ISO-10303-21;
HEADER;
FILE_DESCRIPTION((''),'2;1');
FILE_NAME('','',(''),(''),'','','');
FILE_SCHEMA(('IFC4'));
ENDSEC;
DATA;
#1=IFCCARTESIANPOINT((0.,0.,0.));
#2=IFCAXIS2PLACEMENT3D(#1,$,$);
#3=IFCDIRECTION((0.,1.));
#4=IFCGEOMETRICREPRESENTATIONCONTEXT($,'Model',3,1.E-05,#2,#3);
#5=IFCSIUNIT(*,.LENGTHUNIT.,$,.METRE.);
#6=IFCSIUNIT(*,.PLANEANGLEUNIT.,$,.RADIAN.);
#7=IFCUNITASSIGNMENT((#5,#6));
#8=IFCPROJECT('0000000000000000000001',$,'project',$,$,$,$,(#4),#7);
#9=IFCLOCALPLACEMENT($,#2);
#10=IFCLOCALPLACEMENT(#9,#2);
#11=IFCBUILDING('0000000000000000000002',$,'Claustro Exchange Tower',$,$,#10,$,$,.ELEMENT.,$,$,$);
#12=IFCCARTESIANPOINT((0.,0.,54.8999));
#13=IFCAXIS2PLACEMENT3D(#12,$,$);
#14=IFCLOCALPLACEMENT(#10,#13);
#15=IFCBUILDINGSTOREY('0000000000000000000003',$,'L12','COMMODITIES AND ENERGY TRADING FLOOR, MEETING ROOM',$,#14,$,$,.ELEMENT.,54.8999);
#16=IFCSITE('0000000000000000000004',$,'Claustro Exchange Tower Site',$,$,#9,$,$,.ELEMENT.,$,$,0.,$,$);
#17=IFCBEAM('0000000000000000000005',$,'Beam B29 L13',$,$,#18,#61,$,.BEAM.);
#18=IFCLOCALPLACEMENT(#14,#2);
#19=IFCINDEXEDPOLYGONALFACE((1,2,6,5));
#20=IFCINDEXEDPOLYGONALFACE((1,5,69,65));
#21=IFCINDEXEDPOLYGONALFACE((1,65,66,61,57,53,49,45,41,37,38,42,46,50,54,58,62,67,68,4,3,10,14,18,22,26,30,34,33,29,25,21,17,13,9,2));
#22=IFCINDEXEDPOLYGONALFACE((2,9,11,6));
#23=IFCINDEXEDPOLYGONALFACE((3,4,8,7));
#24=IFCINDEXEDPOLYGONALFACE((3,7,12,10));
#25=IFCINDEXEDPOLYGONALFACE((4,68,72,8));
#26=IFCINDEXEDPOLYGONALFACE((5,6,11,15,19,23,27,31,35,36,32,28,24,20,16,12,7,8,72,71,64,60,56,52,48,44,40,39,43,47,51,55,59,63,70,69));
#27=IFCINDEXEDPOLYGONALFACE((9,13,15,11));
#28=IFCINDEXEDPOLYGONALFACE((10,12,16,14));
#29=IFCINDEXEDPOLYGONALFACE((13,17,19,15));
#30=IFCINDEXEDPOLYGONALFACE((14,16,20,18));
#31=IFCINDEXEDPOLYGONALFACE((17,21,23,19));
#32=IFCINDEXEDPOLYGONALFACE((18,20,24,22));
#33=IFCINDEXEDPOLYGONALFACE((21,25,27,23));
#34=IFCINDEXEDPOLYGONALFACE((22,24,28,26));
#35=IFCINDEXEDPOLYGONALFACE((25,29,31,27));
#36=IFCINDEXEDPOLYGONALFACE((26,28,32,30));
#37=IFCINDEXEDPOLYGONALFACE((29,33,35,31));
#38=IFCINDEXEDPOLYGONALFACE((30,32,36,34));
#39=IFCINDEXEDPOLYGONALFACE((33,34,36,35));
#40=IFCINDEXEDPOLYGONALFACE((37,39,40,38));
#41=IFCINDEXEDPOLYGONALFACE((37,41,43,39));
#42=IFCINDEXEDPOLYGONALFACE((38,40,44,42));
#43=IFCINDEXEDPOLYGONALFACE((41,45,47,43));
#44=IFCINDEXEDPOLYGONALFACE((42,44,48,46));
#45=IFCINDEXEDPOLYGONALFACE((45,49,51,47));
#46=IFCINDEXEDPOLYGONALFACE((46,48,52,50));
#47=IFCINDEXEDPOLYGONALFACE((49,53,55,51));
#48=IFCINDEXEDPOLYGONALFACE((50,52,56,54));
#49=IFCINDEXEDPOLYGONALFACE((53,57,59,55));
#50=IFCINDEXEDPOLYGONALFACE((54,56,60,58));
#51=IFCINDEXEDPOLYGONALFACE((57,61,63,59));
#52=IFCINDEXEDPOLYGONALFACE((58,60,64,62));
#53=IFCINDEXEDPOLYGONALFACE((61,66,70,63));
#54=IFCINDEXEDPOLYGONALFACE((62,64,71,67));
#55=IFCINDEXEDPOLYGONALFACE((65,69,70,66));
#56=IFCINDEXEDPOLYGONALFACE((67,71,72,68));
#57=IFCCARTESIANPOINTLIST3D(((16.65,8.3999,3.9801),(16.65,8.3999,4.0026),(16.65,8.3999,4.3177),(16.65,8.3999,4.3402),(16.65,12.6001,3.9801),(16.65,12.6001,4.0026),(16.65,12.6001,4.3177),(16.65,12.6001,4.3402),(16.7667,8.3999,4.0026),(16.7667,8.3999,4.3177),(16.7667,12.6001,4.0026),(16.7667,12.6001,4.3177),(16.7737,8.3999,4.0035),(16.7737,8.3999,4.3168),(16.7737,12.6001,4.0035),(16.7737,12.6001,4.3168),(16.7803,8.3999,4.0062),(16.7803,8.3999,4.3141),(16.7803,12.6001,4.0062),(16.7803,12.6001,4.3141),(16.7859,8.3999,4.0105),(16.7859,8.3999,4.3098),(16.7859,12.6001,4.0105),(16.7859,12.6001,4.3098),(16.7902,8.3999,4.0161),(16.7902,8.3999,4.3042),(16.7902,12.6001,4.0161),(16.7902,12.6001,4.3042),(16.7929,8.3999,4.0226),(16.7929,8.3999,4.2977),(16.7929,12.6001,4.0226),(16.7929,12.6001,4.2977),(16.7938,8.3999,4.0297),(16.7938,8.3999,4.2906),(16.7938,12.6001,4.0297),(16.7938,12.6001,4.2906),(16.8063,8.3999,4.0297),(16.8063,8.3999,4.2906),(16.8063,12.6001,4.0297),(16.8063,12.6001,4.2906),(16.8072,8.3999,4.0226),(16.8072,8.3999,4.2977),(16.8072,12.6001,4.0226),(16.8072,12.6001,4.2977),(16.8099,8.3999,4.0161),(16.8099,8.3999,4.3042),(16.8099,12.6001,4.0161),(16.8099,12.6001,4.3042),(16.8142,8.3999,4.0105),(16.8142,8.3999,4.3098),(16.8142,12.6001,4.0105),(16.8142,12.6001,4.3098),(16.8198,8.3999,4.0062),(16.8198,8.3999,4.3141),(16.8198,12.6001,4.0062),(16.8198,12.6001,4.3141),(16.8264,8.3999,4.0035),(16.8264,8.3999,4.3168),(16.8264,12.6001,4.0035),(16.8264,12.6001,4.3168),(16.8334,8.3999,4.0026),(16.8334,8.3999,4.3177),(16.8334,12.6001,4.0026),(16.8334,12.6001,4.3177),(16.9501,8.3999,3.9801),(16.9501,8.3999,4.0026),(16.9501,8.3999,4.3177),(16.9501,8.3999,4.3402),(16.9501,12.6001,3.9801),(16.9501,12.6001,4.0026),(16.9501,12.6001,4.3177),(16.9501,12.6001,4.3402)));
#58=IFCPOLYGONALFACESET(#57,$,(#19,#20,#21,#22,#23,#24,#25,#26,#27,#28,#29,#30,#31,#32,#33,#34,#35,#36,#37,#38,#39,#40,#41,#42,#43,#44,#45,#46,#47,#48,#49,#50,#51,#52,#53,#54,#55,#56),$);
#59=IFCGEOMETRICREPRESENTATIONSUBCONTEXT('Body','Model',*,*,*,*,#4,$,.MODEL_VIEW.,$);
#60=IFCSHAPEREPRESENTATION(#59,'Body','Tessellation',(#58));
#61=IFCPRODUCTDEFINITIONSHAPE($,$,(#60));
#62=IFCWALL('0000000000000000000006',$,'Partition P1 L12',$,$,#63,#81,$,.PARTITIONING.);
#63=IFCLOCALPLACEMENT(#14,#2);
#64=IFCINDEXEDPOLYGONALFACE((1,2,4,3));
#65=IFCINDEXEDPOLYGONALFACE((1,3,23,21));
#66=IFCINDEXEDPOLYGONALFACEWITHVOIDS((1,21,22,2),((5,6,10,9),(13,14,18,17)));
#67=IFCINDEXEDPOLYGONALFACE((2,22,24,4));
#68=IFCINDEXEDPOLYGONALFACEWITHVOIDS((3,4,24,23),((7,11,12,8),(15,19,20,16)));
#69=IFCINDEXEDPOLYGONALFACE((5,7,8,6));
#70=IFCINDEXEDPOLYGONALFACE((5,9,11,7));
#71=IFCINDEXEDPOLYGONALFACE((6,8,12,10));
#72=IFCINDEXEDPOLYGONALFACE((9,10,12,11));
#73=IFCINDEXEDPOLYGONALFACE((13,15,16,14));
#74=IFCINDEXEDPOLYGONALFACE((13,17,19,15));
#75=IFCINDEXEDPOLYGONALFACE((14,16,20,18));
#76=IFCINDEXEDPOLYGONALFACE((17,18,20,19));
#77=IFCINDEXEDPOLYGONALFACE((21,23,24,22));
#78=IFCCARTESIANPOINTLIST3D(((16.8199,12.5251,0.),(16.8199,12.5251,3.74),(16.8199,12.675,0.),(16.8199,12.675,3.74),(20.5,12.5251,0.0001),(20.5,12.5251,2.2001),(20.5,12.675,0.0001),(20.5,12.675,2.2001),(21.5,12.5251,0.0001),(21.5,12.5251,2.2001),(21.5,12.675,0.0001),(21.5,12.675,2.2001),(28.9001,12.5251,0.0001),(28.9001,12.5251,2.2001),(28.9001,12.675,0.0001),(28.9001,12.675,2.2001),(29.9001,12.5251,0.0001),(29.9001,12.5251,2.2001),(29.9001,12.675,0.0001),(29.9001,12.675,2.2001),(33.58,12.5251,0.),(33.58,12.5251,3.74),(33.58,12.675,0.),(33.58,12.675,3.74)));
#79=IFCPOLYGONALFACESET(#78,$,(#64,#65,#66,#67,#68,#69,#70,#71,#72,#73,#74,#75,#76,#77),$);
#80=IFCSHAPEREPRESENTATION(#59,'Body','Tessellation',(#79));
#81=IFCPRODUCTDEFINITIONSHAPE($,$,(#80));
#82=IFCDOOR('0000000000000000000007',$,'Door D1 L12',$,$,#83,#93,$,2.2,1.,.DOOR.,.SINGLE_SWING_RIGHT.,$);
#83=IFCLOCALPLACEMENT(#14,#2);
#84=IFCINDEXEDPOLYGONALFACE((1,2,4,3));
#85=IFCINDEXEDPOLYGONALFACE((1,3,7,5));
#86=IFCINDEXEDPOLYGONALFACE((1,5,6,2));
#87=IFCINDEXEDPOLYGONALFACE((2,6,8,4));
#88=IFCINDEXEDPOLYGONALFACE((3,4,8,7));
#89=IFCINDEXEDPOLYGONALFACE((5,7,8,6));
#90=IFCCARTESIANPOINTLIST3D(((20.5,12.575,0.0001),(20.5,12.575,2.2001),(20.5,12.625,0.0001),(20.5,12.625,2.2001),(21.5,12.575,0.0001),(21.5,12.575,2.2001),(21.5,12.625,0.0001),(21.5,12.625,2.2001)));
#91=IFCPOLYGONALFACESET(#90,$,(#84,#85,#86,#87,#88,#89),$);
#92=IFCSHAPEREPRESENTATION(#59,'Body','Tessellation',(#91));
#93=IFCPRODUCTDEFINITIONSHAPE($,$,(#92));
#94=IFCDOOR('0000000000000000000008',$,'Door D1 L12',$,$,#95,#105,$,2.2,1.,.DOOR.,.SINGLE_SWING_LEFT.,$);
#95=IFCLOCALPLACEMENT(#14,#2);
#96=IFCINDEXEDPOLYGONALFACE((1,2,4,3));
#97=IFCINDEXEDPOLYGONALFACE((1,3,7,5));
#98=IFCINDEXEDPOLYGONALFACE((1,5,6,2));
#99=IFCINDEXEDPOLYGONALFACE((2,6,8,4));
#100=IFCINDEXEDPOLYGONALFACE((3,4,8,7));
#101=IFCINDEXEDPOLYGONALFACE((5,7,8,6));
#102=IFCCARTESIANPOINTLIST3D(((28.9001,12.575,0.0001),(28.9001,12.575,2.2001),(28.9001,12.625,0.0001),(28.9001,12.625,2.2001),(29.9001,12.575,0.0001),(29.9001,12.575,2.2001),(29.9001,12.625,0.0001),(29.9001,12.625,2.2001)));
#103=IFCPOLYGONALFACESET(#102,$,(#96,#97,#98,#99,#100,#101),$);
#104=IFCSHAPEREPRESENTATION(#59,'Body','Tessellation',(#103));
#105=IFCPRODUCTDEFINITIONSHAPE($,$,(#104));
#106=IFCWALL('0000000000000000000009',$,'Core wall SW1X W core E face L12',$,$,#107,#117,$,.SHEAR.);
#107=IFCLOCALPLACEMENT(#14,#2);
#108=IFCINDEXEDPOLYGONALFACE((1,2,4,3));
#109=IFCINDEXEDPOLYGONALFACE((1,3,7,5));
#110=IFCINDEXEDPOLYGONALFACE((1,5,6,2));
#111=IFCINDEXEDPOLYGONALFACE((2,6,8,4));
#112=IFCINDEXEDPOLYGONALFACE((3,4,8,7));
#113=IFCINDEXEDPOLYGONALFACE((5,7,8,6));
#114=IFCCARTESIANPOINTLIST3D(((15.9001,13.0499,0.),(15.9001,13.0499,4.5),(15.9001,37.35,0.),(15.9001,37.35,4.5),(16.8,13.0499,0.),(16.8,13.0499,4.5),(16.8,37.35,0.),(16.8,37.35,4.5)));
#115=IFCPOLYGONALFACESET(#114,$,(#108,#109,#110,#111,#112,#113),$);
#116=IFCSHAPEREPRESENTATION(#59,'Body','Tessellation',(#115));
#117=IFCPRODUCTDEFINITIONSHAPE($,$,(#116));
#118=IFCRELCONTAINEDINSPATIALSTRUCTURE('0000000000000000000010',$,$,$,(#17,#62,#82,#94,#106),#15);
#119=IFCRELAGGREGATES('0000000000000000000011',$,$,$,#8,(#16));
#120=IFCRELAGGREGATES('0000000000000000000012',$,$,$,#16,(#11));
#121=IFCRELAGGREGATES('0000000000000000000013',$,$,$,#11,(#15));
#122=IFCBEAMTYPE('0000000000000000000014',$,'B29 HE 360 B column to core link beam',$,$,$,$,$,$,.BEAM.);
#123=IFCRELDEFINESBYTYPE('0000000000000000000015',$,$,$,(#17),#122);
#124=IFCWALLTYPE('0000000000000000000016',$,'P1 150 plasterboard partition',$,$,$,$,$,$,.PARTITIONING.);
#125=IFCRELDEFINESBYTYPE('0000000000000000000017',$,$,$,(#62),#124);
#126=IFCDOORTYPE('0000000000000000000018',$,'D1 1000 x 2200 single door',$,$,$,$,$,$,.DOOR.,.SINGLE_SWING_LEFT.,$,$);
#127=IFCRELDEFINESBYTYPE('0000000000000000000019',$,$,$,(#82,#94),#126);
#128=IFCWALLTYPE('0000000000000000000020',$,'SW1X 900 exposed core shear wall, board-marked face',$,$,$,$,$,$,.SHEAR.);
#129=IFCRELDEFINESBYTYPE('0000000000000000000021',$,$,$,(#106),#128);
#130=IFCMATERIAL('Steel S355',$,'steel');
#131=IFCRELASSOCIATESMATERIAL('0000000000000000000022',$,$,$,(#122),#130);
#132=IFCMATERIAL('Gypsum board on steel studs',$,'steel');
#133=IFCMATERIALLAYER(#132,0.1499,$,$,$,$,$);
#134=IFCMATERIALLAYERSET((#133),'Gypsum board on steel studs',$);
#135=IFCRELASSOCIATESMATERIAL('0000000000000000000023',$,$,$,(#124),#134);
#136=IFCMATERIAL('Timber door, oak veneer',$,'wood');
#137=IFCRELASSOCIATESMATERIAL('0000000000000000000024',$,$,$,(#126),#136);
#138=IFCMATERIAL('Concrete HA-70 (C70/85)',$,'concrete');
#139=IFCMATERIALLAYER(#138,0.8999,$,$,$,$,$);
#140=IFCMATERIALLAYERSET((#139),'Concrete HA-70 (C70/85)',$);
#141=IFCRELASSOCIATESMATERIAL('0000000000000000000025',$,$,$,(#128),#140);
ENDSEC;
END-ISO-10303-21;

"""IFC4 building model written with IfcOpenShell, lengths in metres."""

from ifc_helpers import new_model, si_unit, direction, frame, frame_2d, origin, origin_2d, place, context, subcontext, project, spatial, rectangle, i_section, extrude, material, layer, layer_set, material_profile, profile_set, type_object, element, fill, save


model = new_model("IFC4")

# Units and contexts
model_context = context("Model", 3, precision=1e-05, world=origin(), true_north=direction((0.0, 1.0)))
body_context = subcontext(model_context, "Body", "Model", "MODEL_VIEW")
ifc_project = project(units=[si_unit("LENGTHUNIT", "METRE"), si_unit("PLANEANGLEUNIT", "RADIAN")], contexts=[model_context])

# Site, building, storey
site_placement = place(None, origin())
site = spatial("IfcSite", under=ifc_project, at=site_placement, Name="Claustro Exchange Tower Site", CompositionType="ELEMENT", RefElevation=0.0)
building_placement = place(site_placement, origin())
building = spatial("IfcBuilding", under=site, at=building_placement, Name="Claustro Exchange Tower", CompositionType="ELEMENT")
storey_placement = place(building_placement, frame((0.0, 0.0, 54.8999)))
storey = spatial("IfcBuildingStorey", under=building, at=storey_placement, Name="L12", Description="COMMODITIES AND ENERGY TRADING FLOOR, MEETING ROOM", CompositionType="ELEMENT", Elevation=54.8999)

# Beam
ifc_material_1 = material(Name="Steel S355", Category="steel")
ifc_material_profile_1 = material_profile(ifc_material_1, i_section(OverallWidth=0.3, OverallDepth=0.3601, WebThickness=0.0125, FlangeThickness=0.0225, FilletRadius=0.0271, at=origin_2d()), Name="HE 360 B")
ifc_profile_set_1 = profile_set([ifc_material_profile_1], Name="Steel S355")
beam_type_1 = type_object("IfcBeamType", Name="B29 HE 360 B column to core link beam", PredefinedType="BEAM", material=ifc_profile_set_1)
for number, where, z_axis, x_axis, name in (
    (1, (16.8, 8.3999, 4.1602), (0.0, 1.0, 0.0), (-1.0, 0.0, 0.0), "Beam B29 L13"),
):
    element("IfcBeam", number, at=place(storey_placement, frame(where, z_axis=z_axis, x_axis=x_axis)), inside=storey, type_object=beam_type_1, Name=name, PredefinedType="BEAM", context=body_context, shape_type="SweptSolid", body=[
        extrude(i_section(OverallWidth=0.3, OverallDepth=0.3601, WebThickness=0.0125, FlangeThickness=0.0225, FilletRadius=0.0271, at=origin_2d()), origin(), (0.0, 0.0, 1.0), 4.2002),
    ])

# Wall, openings, doors
ifc_material_2 = material(Name="Gypsum board on steel studs", Category="steel")
ifc_layer_1 = layer(ifc_material_2, 0.1499)
ifc_layer_set_1 = layer_set([ifc_layer_1], Name="Gypsum board on steel studs")
wall_type_1 = type_object("IfcWallType", Name="P1 150 plasterboard partition", PredefinedType="PARTITIONING", material=ifc_layer_set_1)
wall_1_placement = place(storey_placement, frame((16.8201, 12.6001, 0.0), z_axis=(0.0, 0.0, 1.0), x_axis=(1.0, 0.0, 0.0)))
wall_1 = element("IfcWall", 2, at=wall_1_placement, inside=storey, type_object=wall_type_1, Name="Partition P1 L12", PredefinedType="PARTITIONING", context=body_context, shape_type="SweptSolid", body=[
    extrude(rectangle(XDim=16.76, YDim=0.1499, at=frame_2d((8.3799, 0.0))), origin(), (0.0, 0.0, 1.0), 3.74),
])
opening_1_placement = place(wall_1_placement, frame((3.6799, 0.0, 0.0)))
opening_1 = element("IfcOpeningElement", 3, at=opening_1_placement, cuts=wall_1, PredefinedType="OPENING", context=body_context, shape_type="SweptSolid", body=[
    extrude(rectangle(XDim=1.0, YDim=2.2, at=frame_2d((0.5, 1.1001))), frame((0.0, 0.085, 0.0), z_axis=(0.0, -1.0, 0.0), x_axis=(1.0, 0.0, 0.0)), (0.0, 0.0, 1.0), 0.1699),
])
opening_2_placement = place(wall_1_placement, frame((12.0801, 0.0, 0.0)))
opening_2 = element("IfcOpeningElement", 4, at=opening_2_placement, cuts=wall_1, PredefinedType="OPENING", context=body_context, shape_type="SweptSolid", body=[
    extrude(rectangle(XDim=1.0, YDim=2.2, at=frame_2d((0.5, 1.1001))), frame((0.0, 0.085, 0.0), z_axis=(0.0, -1.0, 0.0), x_axis=(1.0, 0.0, 0.0)), (0.0, 0.0, 1.0), 0.1699),
])
ifc_material_3 = material(Name="Timber door, oak veneer", Category="wood")
door_type_1 = type_object("IfcDoorType", Name="D1 1000 x 2200 single door", OperationType="SINGLE_SWING_LEFT", PredefinedType="DOOR", material=ifc_material_3)
door_1_placement = place(opening_1_placement, origin())
door_1 = element("IfcDoor", 5, at=door_1_placement, inside=storey, type_object=door_type_1, Name="Door D1 L12", OperationType="SINGLE_SWING_RIGHT", OverallHeight=2.2, OverallWidth=1.0, PredefinedType="DOOR", context=body_context, shape_type="SweptSolid", body=[
    extrude(rectangle(XDim=1.0, YDim=2.2, at=frame_2d((0.5, 1.1001))), frame((0.0, 0.0249, 0.0), z_axis=(0.0, -1.0, 0.0), x_axis=(1.0, 0.0, 0.0)), (0.0, 0.0, 1.0), 0.05),
])
fill(opening_1, door_1)
door_2_placement = place(opening_2_placement, origin())
door_2 = element("IfcDoor", 6, at=door_2_placement, inside=storey, type_object=door_type_1, Name="Door D1 L12", OperationType="SINGLE_SWING_LEFT", OverallHeight=2.2, OverallWidth=1.0, PredefinedType="DOOR", context=body_context, shape_type="SweptSolid", body=[
    extrude(rectangle(XDim=1.0, YDim=2.2, at=frame_2d((0.5, 1.1001))), frame((0.0, 0.0249, 0.0), z_axis=(0.0, -1.0, 0.0), x_axis=(1.0, 0.0, 0.0)), (0.0, 0.0, 1.0), 0.05),
])
fill(opening_2, door_2)

# Wall
ifc_material_4 = material(Name="Concrete HA-70 (C70/85)", Category="concrete")
ifc_layer_2 = layer(ifc_material_4, 0.8999)
ifc_layer_set_2 = layer_set([ifc_layer_2], Name="Concrete HA-70 (C70/85)")
wall_type_2 = type_object("IfcWallType", Name="SW1X 900 exposed core shear wall, board-marked face", PredefinedType="SHEAR", material=ifc_layer_set_2)
wall_2_placement = place(storey_placement, frame((16.3501, 13.05, 0.0), z_axis=(0.0, 0.0, 1.0), x_axis=(0.0, 1.0, 0.0)))
element("IfcWall", 7, at=wall_2_placement, inside=storey, type_object=wall_type_2, Name="Core wall SW1X W core E face L12", PredefinedType="SHEAR", context=body_context, shape_type="SweptSolid", body=[
    extrude(rectangle(XDim=24.3, YDim=0.8999, at=frame_2d((12.1499, 0.0))), origin(), (0.0, 0.0, 1.0), 4.5),
])

save(model, "model.ifc")
